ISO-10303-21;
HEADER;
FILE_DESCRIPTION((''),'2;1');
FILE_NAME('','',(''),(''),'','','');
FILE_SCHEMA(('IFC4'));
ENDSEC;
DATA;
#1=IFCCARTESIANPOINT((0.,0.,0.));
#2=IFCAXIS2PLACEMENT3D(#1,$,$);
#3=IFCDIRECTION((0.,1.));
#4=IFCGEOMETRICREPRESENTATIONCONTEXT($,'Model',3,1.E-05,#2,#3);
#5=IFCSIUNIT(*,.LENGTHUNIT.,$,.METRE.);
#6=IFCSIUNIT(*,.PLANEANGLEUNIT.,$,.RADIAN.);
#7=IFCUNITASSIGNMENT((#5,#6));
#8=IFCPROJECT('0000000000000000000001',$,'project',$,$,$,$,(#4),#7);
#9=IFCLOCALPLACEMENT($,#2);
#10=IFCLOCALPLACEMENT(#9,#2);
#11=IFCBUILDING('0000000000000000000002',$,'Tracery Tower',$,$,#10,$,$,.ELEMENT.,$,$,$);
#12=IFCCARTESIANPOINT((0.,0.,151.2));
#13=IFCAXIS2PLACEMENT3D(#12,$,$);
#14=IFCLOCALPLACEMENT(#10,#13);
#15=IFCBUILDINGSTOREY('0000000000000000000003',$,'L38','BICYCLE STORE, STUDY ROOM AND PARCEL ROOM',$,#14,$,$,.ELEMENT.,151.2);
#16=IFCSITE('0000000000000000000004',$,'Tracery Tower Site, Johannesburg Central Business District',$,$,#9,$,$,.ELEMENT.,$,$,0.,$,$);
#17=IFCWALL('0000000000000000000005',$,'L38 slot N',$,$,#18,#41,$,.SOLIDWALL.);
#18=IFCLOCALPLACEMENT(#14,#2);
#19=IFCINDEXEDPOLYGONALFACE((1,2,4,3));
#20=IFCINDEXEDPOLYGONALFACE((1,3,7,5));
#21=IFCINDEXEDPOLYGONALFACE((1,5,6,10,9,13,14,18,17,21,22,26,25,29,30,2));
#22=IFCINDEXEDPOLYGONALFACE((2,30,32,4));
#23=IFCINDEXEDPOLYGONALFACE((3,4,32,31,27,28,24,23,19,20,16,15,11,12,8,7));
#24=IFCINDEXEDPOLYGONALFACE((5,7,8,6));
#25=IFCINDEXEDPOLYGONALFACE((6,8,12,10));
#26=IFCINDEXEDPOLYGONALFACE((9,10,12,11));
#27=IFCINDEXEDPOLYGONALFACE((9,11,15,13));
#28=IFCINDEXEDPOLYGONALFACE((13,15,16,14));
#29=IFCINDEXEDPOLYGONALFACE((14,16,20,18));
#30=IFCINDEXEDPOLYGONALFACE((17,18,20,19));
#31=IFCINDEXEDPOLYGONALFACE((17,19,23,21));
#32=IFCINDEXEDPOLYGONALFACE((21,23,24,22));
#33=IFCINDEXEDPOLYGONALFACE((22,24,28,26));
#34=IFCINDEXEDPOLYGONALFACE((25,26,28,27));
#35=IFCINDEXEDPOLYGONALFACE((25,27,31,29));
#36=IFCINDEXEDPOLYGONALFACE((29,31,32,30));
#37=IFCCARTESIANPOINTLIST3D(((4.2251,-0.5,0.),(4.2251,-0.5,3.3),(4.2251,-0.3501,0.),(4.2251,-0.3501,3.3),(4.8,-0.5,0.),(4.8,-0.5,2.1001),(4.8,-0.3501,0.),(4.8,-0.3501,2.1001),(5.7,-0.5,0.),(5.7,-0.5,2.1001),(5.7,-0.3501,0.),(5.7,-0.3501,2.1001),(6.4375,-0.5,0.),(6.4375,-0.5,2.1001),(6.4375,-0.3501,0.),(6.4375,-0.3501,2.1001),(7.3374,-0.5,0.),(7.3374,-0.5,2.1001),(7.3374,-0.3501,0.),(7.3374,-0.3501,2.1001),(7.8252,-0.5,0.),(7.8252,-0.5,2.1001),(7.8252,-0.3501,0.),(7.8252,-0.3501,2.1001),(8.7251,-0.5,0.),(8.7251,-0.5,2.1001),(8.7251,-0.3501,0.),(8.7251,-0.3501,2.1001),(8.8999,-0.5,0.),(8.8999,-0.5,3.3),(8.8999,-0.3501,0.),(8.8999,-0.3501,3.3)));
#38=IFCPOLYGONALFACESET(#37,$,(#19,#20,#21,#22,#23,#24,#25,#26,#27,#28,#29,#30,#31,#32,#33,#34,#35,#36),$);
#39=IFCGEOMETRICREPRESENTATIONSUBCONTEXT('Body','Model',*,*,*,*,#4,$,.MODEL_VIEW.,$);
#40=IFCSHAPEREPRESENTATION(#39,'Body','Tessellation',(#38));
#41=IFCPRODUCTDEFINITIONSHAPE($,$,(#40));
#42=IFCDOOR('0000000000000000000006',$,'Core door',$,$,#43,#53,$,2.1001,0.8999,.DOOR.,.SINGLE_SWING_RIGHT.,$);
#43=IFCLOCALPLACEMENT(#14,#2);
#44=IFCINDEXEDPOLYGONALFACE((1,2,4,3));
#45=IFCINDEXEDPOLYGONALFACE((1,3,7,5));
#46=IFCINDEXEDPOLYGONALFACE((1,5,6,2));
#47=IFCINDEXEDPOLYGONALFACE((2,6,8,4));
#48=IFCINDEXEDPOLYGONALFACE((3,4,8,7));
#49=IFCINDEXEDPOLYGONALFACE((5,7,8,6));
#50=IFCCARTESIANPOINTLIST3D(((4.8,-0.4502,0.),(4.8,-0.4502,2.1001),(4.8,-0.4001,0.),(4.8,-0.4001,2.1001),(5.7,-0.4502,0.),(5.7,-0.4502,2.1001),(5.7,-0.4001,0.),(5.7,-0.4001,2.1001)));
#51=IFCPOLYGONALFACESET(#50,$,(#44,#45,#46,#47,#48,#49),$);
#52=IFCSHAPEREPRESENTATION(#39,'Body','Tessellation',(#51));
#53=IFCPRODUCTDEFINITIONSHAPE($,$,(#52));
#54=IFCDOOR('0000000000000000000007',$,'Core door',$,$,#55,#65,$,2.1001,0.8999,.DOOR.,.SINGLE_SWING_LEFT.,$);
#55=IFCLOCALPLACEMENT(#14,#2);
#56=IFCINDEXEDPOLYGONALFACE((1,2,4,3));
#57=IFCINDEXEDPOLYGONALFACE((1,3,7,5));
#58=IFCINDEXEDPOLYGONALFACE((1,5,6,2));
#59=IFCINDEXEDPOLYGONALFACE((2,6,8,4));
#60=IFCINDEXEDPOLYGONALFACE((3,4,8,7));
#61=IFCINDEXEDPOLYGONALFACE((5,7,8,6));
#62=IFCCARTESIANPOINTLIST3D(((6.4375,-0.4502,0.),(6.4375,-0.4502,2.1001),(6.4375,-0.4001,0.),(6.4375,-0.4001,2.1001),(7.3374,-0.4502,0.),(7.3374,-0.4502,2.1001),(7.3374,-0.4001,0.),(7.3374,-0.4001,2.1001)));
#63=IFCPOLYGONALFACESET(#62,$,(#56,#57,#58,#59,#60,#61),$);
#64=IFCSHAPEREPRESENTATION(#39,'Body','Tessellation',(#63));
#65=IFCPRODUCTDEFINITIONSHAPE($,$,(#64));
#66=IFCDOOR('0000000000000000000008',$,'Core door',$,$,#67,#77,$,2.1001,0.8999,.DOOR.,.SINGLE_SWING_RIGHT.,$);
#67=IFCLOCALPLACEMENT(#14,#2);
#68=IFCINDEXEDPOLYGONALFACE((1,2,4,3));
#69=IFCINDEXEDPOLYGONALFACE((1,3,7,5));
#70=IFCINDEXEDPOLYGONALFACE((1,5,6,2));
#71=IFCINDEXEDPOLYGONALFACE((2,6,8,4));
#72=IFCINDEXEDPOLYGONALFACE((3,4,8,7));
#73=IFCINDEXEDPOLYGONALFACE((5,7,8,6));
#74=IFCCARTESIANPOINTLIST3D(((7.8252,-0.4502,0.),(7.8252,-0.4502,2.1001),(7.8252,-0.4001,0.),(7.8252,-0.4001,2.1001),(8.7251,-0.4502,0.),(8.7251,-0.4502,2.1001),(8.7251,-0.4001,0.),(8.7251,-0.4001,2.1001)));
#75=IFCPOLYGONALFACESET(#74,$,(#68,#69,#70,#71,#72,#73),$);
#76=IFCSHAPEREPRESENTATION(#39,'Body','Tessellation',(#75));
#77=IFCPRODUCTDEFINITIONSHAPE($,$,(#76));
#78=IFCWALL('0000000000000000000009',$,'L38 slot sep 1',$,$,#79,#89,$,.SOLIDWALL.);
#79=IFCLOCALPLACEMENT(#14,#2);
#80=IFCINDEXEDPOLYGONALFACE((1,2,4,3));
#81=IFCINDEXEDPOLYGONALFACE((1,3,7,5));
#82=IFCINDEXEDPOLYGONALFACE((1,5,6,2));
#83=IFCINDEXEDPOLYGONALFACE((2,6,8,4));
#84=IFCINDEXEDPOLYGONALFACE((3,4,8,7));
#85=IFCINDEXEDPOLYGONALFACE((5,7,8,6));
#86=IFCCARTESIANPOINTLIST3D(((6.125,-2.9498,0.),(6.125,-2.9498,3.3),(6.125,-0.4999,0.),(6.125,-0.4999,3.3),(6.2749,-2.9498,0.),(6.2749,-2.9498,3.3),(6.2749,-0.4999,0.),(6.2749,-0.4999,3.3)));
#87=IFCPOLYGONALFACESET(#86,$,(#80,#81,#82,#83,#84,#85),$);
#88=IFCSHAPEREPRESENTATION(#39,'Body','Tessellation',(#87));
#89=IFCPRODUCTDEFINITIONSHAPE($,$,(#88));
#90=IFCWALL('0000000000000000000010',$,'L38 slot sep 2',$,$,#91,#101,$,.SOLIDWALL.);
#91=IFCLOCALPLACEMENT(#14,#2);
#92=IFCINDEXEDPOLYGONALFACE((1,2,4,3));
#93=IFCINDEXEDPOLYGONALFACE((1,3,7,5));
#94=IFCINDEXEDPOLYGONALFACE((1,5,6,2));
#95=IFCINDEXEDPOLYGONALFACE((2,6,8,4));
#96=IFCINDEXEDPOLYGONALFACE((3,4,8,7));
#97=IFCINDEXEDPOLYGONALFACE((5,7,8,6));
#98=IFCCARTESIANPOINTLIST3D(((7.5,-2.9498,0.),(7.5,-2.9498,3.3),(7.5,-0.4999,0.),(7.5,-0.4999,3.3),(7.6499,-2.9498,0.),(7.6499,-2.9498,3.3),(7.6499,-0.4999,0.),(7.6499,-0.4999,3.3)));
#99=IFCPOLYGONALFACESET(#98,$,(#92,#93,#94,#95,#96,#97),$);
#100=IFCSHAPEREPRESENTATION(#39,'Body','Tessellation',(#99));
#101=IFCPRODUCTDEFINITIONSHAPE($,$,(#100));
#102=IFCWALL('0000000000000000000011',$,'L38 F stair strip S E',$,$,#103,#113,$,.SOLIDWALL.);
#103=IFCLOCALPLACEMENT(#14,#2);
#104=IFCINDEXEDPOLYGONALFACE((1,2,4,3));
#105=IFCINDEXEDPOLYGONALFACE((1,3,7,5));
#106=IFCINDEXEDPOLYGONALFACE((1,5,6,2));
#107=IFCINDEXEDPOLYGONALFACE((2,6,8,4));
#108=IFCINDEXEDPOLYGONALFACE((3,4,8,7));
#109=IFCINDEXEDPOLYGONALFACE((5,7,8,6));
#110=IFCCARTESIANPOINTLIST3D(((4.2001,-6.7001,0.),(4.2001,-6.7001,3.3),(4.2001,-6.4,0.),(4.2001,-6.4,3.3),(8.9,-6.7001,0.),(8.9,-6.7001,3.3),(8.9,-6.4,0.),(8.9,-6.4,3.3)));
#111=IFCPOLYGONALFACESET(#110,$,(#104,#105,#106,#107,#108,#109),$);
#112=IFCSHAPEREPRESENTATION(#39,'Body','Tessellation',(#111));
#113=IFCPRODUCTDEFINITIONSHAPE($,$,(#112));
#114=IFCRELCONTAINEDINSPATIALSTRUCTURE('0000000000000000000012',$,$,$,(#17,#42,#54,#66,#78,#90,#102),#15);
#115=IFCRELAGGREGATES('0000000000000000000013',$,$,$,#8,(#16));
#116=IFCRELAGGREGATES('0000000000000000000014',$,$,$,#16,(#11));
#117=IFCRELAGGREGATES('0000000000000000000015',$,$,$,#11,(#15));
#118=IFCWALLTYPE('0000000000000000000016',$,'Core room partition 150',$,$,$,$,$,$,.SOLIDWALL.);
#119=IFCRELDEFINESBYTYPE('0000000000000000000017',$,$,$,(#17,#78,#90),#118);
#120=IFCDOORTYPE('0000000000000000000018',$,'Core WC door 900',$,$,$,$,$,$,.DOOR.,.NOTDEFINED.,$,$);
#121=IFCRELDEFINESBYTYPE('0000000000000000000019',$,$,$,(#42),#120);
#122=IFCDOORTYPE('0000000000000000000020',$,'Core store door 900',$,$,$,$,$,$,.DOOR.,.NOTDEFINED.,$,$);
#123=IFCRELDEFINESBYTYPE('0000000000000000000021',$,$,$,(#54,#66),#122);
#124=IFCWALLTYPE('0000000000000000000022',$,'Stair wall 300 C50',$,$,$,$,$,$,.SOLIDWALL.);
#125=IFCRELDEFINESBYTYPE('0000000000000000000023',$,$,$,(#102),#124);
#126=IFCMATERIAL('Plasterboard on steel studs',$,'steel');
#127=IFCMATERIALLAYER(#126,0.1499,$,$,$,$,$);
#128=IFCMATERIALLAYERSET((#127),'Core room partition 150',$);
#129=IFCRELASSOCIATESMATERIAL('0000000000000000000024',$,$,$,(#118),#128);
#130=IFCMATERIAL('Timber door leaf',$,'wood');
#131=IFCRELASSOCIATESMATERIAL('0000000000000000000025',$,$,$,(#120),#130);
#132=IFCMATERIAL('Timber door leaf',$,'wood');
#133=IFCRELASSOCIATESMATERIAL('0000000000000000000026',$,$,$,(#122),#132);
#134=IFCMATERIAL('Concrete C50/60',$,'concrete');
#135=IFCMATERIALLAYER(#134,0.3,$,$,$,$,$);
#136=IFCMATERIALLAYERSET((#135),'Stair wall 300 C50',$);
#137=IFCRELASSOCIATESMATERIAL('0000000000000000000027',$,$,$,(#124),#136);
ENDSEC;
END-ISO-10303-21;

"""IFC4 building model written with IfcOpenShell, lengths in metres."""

from ifc_helpers import new_model, si_unit, direction, frame, frame_2d, origin, place, context, subcontext, project, spatial, rectangle, extrude, material, layer, layer_set, type_object, element, fill, save


model = new_model("IFC4")

# Units and contexts
model_context = context("Model", 3, precision=1e-05, world=origin(), true_north=direction((0.0, 1.0)))
body_context = subcontext(model_context, "Body", "Model", "MODEL_VIEW")
ifc_project = project(units=[si_unit("LENGTHUNIT", "METRE"), si_unit("PLANEANGLEUNIT", "RADIAN")], contexts=[model_context])

# Site, building, storey
site_placement = place(None, origin())
site = spatial("IfcSite", under=ifc_project, at=site_placement, Name="Tracery Tower Site, Johannesburg Central Business District", CompositionType="ELEMENT", RefElevation=0.0)
building_placement = place(site_placement, origin())
building = spatial("IfcBuilding", under=site, at=building_placement, Name="Tracery Tower", CompositionType="ELEMENT")
storey_placement = place(building_placement, frame((0.0, 0.0, 151.2)))
storey = spatial("IfcBuildingStorey", under=building, at=storey_placement, Name="L38", Description="BICYCLE STORE, STUDY ROOM AND PARCEL ROOM", CompositionType="ELEMENT", Elevation=151.2)

# Shared definitions
ifc_material_1 = material(Name="Plasterboard on steel studs", Category="steel")
ifc_layer_1 = layer(ifc_material_1, 0.1499)
ifc_layer_set_1 = layer_set([ifc_layer_1], Name="Core room partition 150")
wall_type_1 = type_object("IfcWallType", Name="Core room partition 150", PredefinedType="SOLIDWALL", material=ifc_layer_set_1)

# Wall, openings, doors
wall_1_placement = place(storey_placement, frame((4.2251, -0.425, 0.0), z_axis=(0.0, 0.0, 1.0), x_axis=(1.0, 0.0, 0.0)))
wall_1 = element("IfcWall", 1, at=wall_1_placement, inside=storey, type_object=wall_type_1, Name="L38 slot N", PredefinedType="SOLIDWALL", context=body_context, shape_type="SweptSolid", body=[
    extrude(rectangle(XDim=4.6748, YDim=0.1499, at=frame_2d((2.3374, 0.0))), origin(), (0.0, 0.0, 1.0), 3.3),
])
opening_1_placement = place(wall_1_placement, frame((0.575, 0.0, 0.0)))
opening_1 = element("IfcOpeningElement", 2, at=opening_1_placement, cuts=wall_1, PredefinedType="OPENING", context=body_context, shape_type="SweptSolid", body=[
    extrude(rectangle(XDim=0.8999, YDim=2.1001, at=frame_2d((0.45, 1.05))), frame((0.0, 0.075, 0.0), z_axis=(0.0, -1.0, 0.0), x_axis=(1.0, 0.0, 0.0)), (0.0, 0.0, 1.0), 0.1499),
])
opening_2_placement = place(wall_1_placement, frame((2.2124, 0.0, 0.0)))
opening_2 = element("IfcOpeningElement", 3, at=opening_2_placement, cuts=wall_1, PredefinedType="OPENING", context=body_context, shape_type="SweptSolid", body=[
    extrude(rectangle(XDim=0.8999, YDim=2.1001, at=frame_2d((0.45, 1.05))), frame((0.0, 0.075, 0.0), z_axis=(0.0, -1.0, 0.0), x_axis=(1.0, 0.0, 0.0)), (0.0, 0.0, 1.0), 0.1499),
])
opening_3_placement = place(wall_1_placement, frame((3.6001, 0.0, 0.0)))
opening_3 = element("IfcOpeningElement", 4, at=opening_3_placement, cuts=wall_1, PredefinedType="OPENING", context=body_context, shape_type="SweptSolid", body=[
    extrude(rectangle(XDim=0.8999, YDim=2.1001, at=frame_2d((0.45, 1.05))), frame((0.0, 0.075, 0.0), z_axis=(0.0, -1.0, 0.0), x_axis=(1.0, 0.0, 0.0)), (0.0, 0.0, 1.0), 0.1499),
])
ifc_material_2 = material(Name="Timber door leaf", Category="wood")
door_type_1 = type_object("IfcDoorType", Name="Core WC door 900", OperationType="NOTDEFINED", PredefinedType="DOOR", material=ifc_material_2)
door_1_placement = place(opening_1_placement, origin())
door_1 = element("IfcDoor", 5, at=door_1_placement, inside=storey, type_object=door_type_1, Name="Core door", OperationType="SINGLE_SWING_RIGHT", OverallHeight=2.1001, OverallWidth=0.8999, PredefinedType="DOOR", context=body_context, shape_type="SweptSolid", body=[
    extrude(rectangle(XDim=0.8999, YDim=2.1001, at=frame_2d((0.45, 1.05))), frame((0.0, 0.0249, 0.0), z_axis=(0.0, -1.0, 0.0), x_axis=(1.0, 0.0, 0.0)), (0.0, 0.0, 1.0), 0.05),
])
fill(opening_1, door_1)
ifc_material_3 = material(Name="Timber door leaf", Category="wood")
door_type_2 = type_object("IfcDoorType", Name="Core store door 900", OperationType="NOTDEFINED", PredefinedType="DOOR", material=ifc_material_3)
door_2_placement = place(opening_2_placement, origin())
door_2 = element("IfcDoor", 6, at=door_2_placement, inside=storey, type_object=door_type_2, Name="Core door", OperationType="SINGLE_SWING_LEFT", OverallHeight=2.1001, OverallWidth=0.8999, PredefinedType="DOOR", context=body_context, shape_type="SweptSolid", body=[
    extrude(rectangle(XDim=0.8999, YDim=2.1001, at=frame_2d((0.45, 1.05))), frame((0.0, 0.0249, 0.0), z_axis=(0.0, -1.0, 0.0), x_axis=(1.0, 0.0, 0.0)), (0.0, 0.0, 1.0), 0.05),
])
fill(opening_2, door_2)
door_3_placement = place(opening_3_placement, origin())
door_3 = element("IfcDoor", 7, at=door_3_placement, inside=storey, type_object=door_type_2, Name="Core door", OperationType="SINGLE_SWING_RIGHT", OverallHeight=2.1001, OverallWidth=0.8999, PredefinedType="DOOR", context=body_context, shape_type="SweptSolid", body=[
    extrude(rectangle(XDim=0.8999, YDim=2.1001, at=frame_2d((0.45, 1.05))), frame((0.0, 0.0249, 0.0), z_axis=(0.0, -1.0, 0.0), x_axis=(1.0, 0.0, 0.0)), (0.0, 0.0, 1.0), 0.05),
])
fill(opening_3, door_3)

# Walls
for number, where, z_axis, x_axis, name in (
    (8, (6.2, -2.95, 0.0), (0.0, 0.0, 1.0), (0.0, 1.0, 0.0), "L38 slot sep 1"),
    (9, (7.575, -2.95, 0.0), (0.0, 0.0, 1.0), (0.0, 1.0, 0.0), "L38 slot sep 2"),
):
    element("IfcWall", number, at=place(storey_placement, frame(where, z_axis=z_axis, x_axis=x_axis)), inside=storey, type_object=wall_type_1, Name=name, PredefinedType="SOLIDWALL", context=body_context, shape_type="SweptSolid", body=[
        extrude(rectangle(XDim=2.45, YDim=0.1499, at=frame_2d((1.2251, 0.0))), origin(), (0.0, 0.0, 1.0), 3.3),
    ])

# Shared definitions
ifc_material_4 = material(Name="Concrete C50/60", Category="concrete")
ifc_layer_2 = layer(ifc_material_4, 0.3)
ifc_layer_set_2 = layer_set([ifc_layer_2], Name="Stair wall 300 C50")
wall_type_2 = type_object("IfcWallType", Name="Stair wall 300 C50", PredefinedType="SOLIDWALL", material=ifc_layer_set_2)

# Wall
wall_2_placement = place(storey_placement, frame((4.2, -6.55, 0.0), z_axis=(0.0, 0.0, 1.0), x_axis=(1.0, 0.0, 0.0)))
element("IfcWall", 10, at=wall_2_placement, inside=storey, type_object=wall_type_2, Name="L38 F stair strip S E", PredefinedType="SOLIDWALL", context=body_context, shape_type="SweptSolid", body=[
    extrude(rectangle(XDim=4.7, YDim=0.3, at=frame_2d((2.3501, 0.0))), origin(), (0.0, 0.0, 1.0), 3.3),
])

save(model, "model.ifc")
